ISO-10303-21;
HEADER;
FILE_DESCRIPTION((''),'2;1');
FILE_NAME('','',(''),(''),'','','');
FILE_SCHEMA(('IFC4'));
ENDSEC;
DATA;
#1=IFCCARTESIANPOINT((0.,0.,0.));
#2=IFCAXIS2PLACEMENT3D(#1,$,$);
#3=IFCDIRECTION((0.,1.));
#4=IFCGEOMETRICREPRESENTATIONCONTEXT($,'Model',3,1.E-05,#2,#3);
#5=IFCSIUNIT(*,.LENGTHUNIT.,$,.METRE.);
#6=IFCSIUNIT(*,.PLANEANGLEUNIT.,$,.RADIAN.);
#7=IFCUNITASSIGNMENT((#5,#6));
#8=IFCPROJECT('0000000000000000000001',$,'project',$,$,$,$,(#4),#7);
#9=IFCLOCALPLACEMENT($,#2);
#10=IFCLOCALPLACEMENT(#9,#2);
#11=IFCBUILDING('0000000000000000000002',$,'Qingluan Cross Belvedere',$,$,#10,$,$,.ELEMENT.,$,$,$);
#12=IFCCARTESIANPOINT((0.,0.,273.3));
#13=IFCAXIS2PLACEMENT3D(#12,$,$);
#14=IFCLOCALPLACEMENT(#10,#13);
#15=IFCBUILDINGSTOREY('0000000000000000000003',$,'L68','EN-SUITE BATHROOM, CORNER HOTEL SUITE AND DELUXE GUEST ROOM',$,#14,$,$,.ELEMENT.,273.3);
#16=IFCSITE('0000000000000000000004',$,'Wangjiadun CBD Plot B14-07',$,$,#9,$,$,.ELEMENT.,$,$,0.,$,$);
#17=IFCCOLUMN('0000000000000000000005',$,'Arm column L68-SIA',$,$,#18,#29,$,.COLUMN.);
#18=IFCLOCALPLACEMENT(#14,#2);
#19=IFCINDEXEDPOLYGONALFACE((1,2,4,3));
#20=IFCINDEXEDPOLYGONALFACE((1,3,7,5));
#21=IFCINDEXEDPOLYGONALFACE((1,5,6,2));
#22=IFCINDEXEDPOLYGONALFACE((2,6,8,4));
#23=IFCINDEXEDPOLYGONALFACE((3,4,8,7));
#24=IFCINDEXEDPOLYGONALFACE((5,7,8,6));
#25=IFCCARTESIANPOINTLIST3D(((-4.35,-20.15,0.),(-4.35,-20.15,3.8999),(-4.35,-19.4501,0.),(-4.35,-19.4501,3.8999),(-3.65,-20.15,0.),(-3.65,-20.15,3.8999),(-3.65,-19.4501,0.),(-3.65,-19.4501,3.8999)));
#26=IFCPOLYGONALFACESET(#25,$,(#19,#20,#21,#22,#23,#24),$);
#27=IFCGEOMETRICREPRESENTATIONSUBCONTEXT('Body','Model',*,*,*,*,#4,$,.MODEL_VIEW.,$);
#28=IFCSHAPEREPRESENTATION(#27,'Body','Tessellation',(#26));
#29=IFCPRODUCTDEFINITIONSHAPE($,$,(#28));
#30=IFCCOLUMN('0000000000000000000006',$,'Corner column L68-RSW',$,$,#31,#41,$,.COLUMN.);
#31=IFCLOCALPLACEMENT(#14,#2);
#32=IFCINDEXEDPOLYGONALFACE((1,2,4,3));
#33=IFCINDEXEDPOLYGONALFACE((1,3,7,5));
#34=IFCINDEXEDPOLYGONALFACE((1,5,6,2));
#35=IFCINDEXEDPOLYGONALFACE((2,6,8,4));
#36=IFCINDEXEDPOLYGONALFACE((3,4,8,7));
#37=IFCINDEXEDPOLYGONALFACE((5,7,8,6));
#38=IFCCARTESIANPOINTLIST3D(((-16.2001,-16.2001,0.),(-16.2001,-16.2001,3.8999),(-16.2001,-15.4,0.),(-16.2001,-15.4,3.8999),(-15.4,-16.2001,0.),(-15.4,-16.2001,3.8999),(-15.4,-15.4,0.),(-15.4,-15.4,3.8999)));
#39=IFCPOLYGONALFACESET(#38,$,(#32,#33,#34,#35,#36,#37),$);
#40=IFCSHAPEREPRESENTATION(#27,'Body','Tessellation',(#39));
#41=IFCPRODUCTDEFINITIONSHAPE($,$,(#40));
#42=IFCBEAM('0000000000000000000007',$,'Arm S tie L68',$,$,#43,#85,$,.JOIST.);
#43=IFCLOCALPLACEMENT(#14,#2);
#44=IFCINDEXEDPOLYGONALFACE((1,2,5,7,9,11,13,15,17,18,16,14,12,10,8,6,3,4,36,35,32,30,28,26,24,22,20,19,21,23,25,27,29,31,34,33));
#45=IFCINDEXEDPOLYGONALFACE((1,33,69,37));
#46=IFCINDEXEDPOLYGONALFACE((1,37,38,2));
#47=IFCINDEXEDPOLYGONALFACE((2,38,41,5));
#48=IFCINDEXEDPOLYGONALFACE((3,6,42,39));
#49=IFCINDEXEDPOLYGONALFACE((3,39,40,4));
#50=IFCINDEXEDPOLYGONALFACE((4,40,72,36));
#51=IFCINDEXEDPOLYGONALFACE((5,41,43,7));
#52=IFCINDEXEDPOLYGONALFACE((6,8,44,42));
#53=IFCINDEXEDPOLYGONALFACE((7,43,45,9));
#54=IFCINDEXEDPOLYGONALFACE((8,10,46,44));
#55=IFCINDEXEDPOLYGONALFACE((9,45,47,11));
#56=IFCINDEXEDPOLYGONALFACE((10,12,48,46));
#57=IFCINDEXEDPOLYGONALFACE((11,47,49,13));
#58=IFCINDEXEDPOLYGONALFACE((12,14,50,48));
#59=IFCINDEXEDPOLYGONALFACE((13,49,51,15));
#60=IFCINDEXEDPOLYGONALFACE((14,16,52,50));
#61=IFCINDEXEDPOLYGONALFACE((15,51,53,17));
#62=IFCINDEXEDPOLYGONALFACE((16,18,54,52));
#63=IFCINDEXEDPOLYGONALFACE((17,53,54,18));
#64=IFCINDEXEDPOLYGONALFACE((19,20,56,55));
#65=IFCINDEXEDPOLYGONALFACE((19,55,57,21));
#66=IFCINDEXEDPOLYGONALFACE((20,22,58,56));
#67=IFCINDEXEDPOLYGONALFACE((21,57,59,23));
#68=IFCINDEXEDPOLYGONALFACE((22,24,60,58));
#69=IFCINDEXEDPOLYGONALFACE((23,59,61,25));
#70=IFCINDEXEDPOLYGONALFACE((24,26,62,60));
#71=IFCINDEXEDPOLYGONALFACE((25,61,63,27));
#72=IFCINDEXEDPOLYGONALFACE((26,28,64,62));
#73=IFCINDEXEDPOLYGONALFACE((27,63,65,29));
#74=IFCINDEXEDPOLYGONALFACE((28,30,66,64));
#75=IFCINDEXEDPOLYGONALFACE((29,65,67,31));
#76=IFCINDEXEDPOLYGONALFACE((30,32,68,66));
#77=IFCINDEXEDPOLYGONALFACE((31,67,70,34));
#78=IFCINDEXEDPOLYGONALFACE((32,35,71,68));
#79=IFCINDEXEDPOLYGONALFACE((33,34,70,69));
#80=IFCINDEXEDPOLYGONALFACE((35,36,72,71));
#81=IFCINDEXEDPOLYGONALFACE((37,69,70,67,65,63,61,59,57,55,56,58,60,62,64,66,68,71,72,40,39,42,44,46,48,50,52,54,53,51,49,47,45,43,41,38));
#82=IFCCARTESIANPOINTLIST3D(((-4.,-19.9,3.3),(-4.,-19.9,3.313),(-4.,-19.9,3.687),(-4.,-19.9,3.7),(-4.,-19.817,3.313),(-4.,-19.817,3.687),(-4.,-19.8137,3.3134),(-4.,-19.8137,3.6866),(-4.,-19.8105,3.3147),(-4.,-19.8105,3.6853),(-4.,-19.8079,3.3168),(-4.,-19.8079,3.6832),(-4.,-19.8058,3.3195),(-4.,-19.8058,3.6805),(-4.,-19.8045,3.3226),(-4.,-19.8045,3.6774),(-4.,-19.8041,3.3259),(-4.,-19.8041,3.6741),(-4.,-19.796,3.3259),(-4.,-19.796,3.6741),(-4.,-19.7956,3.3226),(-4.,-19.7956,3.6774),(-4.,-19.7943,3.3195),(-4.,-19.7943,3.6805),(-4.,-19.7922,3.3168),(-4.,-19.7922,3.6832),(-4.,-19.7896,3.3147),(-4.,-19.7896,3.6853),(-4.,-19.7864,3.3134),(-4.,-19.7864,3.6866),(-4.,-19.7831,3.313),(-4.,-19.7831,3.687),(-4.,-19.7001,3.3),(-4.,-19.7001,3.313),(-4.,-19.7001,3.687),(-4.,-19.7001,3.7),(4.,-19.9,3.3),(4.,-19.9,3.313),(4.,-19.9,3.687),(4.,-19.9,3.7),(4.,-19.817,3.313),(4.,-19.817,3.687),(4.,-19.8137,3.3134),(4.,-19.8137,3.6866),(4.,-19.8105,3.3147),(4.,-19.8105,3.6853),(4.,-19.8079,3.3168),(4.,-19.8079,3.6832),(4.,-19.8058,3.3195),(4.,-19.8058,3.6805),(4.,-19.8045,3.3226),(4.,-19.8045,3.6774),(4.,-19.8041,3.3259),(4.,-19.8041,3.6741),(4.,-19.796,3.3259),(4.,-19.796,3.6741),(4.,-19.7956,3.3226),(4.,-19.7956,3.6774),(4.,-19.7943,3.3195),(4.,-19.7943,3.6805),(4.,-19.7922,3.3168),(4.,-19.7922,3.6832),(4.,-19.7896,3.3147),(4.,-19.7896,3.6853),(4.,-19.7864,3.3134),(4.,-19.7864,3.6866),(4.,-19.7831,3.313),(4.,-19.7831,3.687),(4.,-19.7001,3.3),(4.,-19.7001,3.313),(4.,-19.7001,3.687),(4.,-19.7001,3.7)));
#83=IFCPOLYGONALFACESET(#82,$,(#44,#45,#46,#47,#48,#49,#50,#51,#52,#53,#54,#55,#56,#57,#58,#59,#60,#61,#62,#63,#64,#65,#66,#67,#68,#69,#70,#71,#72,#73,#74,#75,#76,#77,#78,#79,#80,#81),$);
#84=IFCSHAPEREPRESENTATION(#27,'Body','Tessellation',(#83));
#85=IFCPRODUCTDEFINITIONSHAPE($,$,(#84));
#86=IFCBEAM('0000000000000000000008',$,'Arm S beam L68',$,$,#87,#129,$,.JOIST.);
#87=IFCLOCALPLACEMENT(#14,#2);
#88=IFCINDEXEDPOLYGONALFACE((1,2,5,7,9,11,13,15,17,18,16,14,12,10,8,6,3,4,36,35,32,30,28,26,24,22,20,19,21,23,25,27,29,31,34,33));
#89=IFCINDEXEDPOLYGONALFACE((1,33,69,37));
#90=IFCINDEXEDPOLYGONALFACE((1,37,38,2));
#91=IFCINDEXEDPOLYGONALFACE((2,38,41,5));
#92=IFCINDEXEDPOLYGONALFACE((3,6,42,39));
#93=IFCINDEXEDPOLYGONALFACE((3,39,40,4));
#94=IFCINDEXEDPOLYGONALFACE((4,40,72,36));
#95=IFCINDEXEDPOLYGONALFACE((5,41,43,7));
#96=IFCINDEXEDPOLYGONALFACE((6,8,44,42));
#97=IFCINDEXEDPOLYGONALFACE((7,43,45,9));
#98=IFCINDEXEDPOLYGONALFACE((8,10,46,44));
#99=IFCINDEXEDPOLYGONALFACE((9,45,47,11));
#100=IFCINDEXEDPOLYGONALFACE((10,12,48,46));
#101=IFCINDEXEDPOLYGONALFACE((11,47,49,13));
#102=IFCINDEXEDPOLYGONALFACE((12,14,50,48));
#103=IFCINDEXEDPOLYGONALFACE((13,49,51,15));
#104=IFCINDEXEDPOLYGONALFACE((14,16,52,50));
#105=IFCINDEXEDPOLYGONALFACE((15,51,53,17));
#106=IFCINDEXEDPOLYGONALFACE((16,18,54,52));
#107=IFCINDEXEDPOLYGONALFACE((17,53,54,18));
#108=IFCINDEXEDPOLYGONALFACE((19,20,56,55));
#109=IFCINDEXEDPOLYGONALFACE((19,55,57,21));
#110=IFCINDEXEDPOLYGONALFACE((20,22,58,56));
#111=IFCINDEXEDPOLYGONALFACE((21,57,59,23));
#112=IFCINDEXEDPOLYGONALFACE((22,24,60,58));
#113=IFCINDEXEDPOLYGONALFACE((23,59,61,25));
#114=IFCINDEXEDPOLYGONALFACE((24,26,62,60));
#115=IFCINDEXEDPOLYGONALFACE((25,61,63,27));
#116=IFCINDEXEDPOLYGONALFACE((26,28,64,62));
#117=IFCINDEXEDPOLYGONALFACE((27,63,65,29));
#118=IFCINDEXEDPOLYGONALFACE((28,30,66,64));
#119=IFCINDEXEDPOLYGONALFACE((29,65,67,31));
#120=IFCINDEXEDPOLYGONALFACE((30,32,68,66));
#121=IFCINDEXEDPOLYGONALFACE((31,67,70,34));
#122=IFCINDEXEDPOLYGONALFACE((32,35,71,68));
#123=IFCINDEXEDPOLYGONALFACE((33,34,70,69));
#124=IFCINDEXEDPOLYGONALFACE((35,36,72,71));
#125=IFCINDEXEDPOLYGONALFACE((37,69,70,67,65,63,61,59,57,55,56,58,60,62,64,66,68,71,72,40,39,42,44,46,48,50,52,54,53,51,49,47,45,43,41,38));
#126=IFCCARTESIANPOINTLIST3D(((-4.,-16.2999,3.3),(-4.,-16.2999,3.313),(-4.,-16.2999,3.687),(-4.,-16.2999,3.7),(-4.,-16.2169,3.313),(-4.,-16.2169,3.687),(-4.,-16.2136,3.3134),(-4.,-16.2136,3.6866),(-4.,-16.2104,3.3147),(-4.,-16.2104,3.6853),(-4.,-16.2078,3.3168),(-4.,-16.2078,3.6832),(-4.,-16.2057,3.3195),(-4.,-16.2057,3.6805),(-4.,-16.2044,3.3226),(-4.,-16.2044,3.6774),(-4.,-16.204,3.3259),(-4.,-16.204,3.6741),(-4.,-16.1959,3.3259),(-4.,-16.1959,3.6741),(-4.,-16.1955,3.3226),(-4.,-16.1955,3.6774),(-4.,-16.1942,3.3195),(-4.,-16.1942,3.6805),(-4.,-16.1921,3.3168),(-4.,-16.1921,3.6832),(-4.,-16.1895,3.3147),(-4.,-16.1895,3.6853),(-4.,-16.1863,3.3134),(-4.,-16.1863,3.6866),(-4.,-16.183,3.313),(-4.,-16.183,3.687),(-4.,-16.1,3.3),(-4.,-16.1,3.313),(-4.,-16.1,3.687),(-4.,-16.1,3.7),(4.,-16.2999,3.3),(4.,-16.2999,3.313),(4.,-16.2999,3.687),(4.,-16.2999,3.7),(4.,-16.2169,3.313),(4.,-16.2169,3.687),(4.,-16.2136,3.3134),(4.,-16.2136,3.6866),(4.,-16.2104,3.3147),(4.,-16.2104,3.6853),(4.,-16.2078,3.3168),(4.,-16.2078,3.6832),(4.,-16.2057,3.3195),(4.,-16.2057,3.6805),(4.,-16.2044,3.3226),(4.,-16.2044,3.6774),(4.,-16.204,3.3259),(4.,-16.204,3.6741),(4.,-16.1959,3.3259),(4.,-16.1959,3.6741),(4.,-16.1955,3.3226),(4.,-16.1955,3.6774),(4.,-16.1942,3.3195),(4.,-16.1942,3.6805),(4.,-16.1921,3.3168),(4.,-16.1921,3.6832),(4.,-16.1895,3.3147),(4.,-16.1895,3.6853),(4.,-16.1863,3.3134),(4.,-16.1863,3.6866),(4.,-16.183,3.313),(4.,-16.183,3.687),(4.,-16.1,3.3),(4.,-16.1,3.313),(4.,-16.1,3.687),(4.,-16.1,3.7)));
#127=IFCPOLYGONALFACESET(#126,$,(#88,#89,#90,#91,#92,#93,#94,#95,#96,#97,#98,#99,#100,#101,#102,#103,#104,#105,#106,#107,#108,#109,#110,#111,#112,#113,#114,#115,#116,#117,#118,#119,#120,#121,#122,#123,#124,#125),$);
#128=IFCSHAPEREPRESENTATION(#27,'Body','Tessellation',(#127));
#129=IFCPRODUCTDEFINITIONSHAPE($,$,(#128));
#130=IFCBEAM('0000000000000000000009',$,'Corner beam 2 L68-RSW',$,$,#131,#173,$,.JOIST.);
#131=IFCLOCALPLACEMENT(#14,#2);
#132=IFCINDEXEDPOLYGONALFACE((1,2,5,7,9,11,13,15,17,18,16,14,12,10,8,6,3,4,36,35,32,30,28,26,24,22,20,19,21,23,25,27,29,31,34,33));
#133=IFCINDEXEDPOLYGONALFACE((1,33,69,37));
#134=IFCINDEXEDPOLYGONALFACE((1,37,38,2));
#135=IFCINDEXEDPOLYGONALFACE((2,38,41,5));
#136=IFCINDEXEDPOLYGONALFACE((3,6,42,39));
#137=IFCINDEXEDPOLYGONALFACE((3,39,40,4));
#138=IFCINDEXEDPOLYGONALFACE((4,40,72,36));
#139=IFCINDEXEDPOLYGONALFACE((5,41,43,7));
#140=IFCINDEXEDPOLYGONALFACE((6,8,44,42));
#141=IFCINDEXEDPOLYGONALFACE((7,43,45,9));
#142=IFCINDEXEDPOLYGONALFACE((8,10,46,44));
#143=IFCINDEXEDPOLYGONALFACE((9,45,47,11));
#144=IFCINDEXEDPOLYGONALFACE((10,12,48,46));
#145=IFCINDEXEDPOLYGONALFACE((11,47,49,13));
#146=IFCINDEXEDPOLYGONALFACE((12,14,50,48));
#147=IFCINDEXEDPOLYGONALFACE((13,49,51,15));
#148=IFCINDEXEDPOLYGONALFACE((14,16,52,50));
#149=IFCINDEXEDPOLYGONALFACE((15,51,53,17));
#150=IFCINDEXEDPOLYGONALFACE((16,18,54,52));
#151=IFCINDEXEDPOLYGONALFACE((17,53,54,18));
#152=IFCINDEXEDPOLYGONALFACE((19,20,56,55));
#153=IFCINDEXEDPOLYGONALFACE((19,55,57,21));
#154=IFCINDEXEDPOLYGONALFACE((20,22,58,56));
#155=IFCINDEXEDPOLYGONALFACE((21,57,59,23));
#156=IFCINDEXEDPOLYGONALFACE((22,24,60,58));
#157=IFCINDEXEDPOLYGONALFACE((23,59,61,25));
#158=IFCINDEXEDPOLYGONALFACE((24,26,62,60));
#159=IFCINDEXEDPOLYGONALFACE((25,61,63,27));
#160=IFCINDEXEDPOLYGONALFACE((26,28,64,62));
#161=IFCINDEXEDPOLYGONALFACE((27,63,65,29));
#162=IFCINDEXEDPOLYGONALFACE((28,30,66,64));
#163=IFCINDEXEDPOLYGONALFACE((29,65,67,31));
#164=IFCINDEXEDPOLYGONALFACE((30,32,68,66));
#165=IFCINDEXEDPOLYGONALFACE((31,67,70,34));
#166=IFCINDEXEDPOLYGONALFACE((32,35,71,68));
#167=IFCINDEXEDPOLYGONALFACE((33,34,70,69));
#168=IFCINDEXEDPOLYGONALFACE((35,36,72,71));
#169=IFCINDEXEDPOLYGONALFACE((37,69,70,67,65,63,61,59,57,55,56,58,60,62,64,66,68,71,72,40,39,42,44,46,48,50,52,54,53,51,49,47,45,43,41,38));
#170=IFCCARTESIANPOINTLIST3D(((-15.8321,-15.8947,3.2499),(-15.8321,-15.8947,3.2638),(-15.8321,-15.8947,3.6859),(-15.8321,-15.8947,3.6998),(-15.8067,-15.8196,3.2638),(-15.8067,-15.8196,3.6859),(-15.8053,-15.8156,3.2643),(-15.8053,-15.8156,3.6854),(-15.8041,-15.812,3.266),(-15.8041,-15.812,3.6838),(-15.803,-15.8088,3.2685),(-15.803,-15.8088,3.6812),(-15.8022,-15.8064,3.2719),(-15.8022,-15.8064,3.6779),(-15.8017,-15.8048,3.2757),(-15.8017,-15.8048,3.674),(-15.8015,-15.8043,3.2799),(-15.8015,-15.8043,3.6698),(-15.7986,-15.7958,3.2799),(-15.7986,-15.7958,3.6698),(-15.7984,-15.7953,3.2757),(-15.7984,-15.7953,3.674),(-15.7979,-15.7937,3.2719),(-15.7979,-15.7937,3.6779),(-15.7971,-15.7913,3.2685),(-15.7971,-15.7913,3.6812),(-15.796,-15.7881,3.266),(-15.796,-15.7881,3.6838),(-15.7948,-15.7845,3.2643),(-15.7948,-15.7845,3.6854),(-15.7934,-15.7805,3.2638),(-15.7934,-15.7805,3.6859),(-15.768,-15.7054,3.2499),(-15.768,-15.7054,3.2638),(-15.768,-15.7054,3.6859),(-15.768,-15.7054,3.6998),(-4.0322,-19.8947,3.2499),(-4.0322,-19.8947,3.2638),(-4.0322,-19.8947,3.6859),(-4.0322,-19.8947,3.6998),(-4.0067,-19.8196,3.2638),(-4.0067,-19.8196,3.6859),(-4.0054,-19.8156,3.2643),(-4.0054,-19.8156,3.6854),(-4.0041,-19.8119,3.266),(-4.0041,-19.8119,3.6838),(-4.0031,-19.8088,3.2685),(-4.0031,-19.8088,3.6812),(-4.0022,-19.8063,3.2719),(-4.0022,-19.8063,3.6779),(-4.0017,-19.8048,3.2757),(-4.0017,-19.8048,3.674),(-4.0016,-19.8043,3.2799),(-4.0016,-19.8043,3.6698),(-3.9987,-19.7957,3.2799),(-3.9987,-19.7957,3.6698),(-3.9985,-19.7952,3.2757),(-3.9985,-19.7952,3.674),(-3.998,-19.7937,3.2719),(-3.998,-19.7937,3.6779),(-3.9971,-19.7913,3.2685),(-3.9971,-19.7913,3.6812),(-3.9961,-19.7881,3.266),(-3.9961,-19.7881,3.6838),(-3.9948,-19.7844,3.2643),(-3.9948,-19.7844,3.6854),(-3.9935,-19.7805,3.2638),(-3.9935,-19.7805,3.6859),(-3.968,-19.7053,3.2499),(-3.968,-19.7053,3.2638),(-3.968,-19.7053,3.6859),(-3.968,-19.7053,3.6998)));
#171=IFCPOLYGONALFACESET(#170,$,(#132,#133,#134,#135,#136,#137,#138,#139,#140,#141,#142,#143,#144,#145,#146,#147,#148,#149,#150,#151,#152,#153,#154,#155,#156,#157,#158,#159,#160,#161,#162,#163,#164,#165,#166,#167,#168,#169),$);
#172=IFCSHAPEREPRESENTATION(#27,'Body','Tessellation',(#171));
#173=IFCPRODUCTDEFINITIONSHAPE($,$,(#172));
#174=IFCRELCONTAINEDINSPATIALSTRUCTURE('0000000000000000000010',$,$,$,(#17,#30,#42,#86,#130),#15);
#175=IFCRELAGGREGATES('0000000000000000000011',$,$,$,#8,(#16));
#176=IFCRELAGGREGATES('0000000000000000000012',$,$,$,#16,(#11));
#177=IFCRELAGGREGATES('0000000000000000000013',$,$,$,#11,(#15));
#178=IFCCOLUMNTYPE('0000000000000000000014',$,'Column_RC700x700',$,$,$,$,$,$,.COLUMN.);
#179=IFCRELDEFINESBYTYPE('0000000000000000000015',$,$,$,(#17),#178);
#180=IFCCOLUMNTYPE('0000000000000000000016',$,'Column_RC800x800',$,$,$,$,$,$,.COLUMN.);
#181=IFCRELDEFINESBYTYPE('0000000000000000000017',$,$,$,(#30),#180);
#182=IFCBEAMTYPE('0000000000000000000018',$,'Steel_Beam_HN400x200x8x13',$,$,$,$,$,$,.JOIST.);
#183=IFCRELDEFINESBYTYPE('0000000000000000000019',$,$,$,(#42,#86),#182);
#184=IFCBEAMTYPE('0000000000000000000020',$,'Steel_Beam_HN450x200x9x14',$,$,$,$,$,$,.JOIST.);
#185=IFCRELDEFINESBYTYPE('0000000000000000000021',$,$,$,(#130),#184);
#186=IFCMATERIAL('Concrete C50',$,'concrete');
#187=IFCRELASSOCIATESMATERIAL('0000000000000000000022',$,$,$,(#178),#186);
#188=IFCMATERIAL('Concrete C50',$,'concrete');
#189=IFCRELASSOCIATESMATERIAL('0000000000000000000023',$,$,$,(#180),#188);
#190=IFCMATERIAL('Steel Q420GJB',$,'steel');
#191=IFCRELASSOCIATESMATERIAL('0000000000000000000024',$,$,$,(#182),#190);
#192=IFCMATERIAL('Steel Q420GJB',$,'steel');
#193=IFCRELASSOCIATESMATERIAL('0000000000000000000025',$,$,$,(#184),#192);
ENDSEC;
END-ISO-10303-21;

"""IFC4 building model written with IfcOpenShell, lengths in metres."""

from ifc_helpers import new_model, si_unit, direction, frame, origin, origin_2d, place, context, subcontext, project, spatial, rectangle, i_section, extrude, material, material_profile, profile_set, type_object, element, save


model = new_model("IFC4")

# Units and contexts
model_context = context("Model", 3, precision=1e-05, world=origin(), true_north=direction((0.0, 1.0)))
body_context = subcontext(model_context, "Body", "Model", "MODEL_VIEW")
ifc_project = project(units=[si_unit("LENGTHUNIT", "METRE"), si_unit("PLANEANGLEUNIT", "RADIAN")], contexts=[model_context])

# Site, building, storey
site_placement = place(None, origin())
site = spatial("IfcSite", under=ifc_project, at=site_placement, Name="Wangjiadun CBD Plot B14-07", CompositionType="ELEMENT", RefElevation=0.0)
building_placement = place(site_placement, origin())
building = spatial("IfcBuilding", under=site, at=building_placement, Name="Qingluan Cross Belvedere", CompositionType="ELEMENT")
storey_placement = place(building_placement, frame((0.0, 0.0, 273.3)))
storey = spatial("IfcBuildingStorey", under=building, at=storey_placement, Name="L68", Description="EN-SUITE BATHROOM, CORNER HOTEL SUITE AND DELUXE GUEST ROOM", CompositionType="ELEMENT", Elevation=273.3)

# Columns
ifc_material_1 = material(Name="Concrete C50", Category="concrete")
ifc_material_profile_1 = material_profile(ifc_material_1, rectangle(XDim=0.7, YDim=0.7, at=origin_2d()), Name="RC700x700")
ifc_profile_set_1 = profile_set([ifc_material_profile_1], Name="Concrete C50")
column_type_1 = type_object("IfcColumnType", Name="Column_RC700x700", PredefinedType="COLUMN", material=ifc_profile_set_1)
column_1_placement = place(storey_placement, frame((-4.0, -19.8, 0.0), z_axis=(0.0, 0.0, 1.0), x_axis=(1.0, 0.0, 0.0)))
element("IfcColumn", 1, at=column_1_placement, inside=storey, type_object=column_type_1, Name="Arm column L68-SIA", PredefinedType="COLUMN", context=body_context, shape_type="SweptSolid", body=[
    extrude(rectangle(XDim=0.7, YDim=0.7, at=origin_2d()), origin(), (0.0, 0.0, 1.0), 3.8999),
])
ifc_material_2 = material(Name="Concrete C50", Category="concrete")
ifc_material_profile_2 = material_profile(ifc_material_2, rectangle(XDim=0.8, YDim=0.8, at=origin_2d()), Name="RC800x800")
ifc_profile_set_2 = profile_set([ifc_material_profile_2], Name="Concrete C50")
column_type_2 = type_object("IfcColumnType", Name="Column_RC800x800", PredefinedType="COLUMN", material=ifc_profile_set_2)
column_2_placement = place(storey_placement, frame((-15.8, -15.8, 0.0), z_axis=(0.0, 0.0, 1.0), x_axis=(1.0, 0.0, 0.0)))
element("IfcColumn", 2, at=column_2_placement, inside=storey, type_object=column_type_2, Name="Corner column L68-RSW", PredefinedType="COLUMN", context=body_context, shape_type="SweptSolid", body=[
    extrude(rectangle(XDim=0.8, YDim=0.8, at=origin_2d()), origin(), (0.0, 0.0, 1.0), 3.8999),
])

# Beams
ifc_material_3 = material(Name="Steel Q420GJB", Category="steel")
ifc_material_profile_3 = material_profile(ifc_material_3, i_section(OverallWidth=0.2, OverallDepth=0.3999, WebThickness=0.0081, FlangeThickness=0.0129, FilletRadius=0.0129, at=origin_2d()), Name="HN400x200x8x13")
ifc_profile_set_3 = profile_set([ifc_material_profile_3], Name="Steel Q420GJB")
beam_type_1 = type_object("IfcBeamType", Name="Steel_Beam_HN400x200x8x13", PredefinedType="JOIST", material=ifc_profile_set_3)
for number, where, z_axis, x_axis, name in (
    (3, (-4.0, -19.8, 3.5), (1.0, 0.0, 0.0), (0.0, 1.0, 0.0), "Arm S tie L68"),
    (4, (-4.0, -16.2, 3.5), (1.0, 0.0, 0.0), (0.0, 1.0, 0.0), "Arm S beam L68"),
):
    element("IfcBeam", number, at=place(storey_placement, frame(where, z_axis=z_axis, x_axis=x_axis)), inside=storey, type_object=beam_type_1, Name=name, PredefinedType="JOIST", context=body_context, shape_type="SweptSolid", body=[
        extrude(i_section(OverallWidth=0.2, OverallDepth=0.3999, WebThickness=0.0081, FlangeThickness=0.0129, FilletRadius=0.0129, at=origin_2d()), origin(), (0.0, 0.0, 1.0), 8.0),
    ])
ifc_material_4 = material(Name="Steel Q420GJB", Category="steel")
ifc_material_profile_4 = material_profile(ifc_material_4, i_section(OverallWidth=0.2, OverallDepth=0.45, WebThickness=0.009, FlangeThickness=0.0139, FilletRadius=0.0161, at=origin_2d()), Name="HN450x200x9x14")
ifc_profile_set_4 = profile_set([ifc_material_profile_4], Name="Steel Q420GJB")
beam_type_2 = type_object("IfcBeamType", Name="Steel_Beam_HN450x200x9x14", PredefinedType="JOIST", material=ifc_profile_set_4)
for number, where, z_axis, x_axis, name in (
    (5, (-15.8, -15.8, 3.4749), (0.947066, -0.321038, 0.0), (0.321038, 0.947066, 0.0), "Corner beam 2 L68-RSW"),
):
    element("IfcBeam", number, at=place(storey_placement, frame(where, z_axis=z_axis, x_axis=x_axis)), inside=storey, type_object=beam_type_2, Name=name, PredefinedType="JOIST", context=body_context, shape_type="SweptSolid", body=[
        extrude(i_section(OverallWidth=0.2, OverallDepth=0.45, WebThickness=0.009, FlangeThickness=0.0139, FilletRadius=0.0161, at=origin_2d()), origin(), (0.0, 0.0, 1.0), 12.4595),
    ])

save(model, "model.ifc")
